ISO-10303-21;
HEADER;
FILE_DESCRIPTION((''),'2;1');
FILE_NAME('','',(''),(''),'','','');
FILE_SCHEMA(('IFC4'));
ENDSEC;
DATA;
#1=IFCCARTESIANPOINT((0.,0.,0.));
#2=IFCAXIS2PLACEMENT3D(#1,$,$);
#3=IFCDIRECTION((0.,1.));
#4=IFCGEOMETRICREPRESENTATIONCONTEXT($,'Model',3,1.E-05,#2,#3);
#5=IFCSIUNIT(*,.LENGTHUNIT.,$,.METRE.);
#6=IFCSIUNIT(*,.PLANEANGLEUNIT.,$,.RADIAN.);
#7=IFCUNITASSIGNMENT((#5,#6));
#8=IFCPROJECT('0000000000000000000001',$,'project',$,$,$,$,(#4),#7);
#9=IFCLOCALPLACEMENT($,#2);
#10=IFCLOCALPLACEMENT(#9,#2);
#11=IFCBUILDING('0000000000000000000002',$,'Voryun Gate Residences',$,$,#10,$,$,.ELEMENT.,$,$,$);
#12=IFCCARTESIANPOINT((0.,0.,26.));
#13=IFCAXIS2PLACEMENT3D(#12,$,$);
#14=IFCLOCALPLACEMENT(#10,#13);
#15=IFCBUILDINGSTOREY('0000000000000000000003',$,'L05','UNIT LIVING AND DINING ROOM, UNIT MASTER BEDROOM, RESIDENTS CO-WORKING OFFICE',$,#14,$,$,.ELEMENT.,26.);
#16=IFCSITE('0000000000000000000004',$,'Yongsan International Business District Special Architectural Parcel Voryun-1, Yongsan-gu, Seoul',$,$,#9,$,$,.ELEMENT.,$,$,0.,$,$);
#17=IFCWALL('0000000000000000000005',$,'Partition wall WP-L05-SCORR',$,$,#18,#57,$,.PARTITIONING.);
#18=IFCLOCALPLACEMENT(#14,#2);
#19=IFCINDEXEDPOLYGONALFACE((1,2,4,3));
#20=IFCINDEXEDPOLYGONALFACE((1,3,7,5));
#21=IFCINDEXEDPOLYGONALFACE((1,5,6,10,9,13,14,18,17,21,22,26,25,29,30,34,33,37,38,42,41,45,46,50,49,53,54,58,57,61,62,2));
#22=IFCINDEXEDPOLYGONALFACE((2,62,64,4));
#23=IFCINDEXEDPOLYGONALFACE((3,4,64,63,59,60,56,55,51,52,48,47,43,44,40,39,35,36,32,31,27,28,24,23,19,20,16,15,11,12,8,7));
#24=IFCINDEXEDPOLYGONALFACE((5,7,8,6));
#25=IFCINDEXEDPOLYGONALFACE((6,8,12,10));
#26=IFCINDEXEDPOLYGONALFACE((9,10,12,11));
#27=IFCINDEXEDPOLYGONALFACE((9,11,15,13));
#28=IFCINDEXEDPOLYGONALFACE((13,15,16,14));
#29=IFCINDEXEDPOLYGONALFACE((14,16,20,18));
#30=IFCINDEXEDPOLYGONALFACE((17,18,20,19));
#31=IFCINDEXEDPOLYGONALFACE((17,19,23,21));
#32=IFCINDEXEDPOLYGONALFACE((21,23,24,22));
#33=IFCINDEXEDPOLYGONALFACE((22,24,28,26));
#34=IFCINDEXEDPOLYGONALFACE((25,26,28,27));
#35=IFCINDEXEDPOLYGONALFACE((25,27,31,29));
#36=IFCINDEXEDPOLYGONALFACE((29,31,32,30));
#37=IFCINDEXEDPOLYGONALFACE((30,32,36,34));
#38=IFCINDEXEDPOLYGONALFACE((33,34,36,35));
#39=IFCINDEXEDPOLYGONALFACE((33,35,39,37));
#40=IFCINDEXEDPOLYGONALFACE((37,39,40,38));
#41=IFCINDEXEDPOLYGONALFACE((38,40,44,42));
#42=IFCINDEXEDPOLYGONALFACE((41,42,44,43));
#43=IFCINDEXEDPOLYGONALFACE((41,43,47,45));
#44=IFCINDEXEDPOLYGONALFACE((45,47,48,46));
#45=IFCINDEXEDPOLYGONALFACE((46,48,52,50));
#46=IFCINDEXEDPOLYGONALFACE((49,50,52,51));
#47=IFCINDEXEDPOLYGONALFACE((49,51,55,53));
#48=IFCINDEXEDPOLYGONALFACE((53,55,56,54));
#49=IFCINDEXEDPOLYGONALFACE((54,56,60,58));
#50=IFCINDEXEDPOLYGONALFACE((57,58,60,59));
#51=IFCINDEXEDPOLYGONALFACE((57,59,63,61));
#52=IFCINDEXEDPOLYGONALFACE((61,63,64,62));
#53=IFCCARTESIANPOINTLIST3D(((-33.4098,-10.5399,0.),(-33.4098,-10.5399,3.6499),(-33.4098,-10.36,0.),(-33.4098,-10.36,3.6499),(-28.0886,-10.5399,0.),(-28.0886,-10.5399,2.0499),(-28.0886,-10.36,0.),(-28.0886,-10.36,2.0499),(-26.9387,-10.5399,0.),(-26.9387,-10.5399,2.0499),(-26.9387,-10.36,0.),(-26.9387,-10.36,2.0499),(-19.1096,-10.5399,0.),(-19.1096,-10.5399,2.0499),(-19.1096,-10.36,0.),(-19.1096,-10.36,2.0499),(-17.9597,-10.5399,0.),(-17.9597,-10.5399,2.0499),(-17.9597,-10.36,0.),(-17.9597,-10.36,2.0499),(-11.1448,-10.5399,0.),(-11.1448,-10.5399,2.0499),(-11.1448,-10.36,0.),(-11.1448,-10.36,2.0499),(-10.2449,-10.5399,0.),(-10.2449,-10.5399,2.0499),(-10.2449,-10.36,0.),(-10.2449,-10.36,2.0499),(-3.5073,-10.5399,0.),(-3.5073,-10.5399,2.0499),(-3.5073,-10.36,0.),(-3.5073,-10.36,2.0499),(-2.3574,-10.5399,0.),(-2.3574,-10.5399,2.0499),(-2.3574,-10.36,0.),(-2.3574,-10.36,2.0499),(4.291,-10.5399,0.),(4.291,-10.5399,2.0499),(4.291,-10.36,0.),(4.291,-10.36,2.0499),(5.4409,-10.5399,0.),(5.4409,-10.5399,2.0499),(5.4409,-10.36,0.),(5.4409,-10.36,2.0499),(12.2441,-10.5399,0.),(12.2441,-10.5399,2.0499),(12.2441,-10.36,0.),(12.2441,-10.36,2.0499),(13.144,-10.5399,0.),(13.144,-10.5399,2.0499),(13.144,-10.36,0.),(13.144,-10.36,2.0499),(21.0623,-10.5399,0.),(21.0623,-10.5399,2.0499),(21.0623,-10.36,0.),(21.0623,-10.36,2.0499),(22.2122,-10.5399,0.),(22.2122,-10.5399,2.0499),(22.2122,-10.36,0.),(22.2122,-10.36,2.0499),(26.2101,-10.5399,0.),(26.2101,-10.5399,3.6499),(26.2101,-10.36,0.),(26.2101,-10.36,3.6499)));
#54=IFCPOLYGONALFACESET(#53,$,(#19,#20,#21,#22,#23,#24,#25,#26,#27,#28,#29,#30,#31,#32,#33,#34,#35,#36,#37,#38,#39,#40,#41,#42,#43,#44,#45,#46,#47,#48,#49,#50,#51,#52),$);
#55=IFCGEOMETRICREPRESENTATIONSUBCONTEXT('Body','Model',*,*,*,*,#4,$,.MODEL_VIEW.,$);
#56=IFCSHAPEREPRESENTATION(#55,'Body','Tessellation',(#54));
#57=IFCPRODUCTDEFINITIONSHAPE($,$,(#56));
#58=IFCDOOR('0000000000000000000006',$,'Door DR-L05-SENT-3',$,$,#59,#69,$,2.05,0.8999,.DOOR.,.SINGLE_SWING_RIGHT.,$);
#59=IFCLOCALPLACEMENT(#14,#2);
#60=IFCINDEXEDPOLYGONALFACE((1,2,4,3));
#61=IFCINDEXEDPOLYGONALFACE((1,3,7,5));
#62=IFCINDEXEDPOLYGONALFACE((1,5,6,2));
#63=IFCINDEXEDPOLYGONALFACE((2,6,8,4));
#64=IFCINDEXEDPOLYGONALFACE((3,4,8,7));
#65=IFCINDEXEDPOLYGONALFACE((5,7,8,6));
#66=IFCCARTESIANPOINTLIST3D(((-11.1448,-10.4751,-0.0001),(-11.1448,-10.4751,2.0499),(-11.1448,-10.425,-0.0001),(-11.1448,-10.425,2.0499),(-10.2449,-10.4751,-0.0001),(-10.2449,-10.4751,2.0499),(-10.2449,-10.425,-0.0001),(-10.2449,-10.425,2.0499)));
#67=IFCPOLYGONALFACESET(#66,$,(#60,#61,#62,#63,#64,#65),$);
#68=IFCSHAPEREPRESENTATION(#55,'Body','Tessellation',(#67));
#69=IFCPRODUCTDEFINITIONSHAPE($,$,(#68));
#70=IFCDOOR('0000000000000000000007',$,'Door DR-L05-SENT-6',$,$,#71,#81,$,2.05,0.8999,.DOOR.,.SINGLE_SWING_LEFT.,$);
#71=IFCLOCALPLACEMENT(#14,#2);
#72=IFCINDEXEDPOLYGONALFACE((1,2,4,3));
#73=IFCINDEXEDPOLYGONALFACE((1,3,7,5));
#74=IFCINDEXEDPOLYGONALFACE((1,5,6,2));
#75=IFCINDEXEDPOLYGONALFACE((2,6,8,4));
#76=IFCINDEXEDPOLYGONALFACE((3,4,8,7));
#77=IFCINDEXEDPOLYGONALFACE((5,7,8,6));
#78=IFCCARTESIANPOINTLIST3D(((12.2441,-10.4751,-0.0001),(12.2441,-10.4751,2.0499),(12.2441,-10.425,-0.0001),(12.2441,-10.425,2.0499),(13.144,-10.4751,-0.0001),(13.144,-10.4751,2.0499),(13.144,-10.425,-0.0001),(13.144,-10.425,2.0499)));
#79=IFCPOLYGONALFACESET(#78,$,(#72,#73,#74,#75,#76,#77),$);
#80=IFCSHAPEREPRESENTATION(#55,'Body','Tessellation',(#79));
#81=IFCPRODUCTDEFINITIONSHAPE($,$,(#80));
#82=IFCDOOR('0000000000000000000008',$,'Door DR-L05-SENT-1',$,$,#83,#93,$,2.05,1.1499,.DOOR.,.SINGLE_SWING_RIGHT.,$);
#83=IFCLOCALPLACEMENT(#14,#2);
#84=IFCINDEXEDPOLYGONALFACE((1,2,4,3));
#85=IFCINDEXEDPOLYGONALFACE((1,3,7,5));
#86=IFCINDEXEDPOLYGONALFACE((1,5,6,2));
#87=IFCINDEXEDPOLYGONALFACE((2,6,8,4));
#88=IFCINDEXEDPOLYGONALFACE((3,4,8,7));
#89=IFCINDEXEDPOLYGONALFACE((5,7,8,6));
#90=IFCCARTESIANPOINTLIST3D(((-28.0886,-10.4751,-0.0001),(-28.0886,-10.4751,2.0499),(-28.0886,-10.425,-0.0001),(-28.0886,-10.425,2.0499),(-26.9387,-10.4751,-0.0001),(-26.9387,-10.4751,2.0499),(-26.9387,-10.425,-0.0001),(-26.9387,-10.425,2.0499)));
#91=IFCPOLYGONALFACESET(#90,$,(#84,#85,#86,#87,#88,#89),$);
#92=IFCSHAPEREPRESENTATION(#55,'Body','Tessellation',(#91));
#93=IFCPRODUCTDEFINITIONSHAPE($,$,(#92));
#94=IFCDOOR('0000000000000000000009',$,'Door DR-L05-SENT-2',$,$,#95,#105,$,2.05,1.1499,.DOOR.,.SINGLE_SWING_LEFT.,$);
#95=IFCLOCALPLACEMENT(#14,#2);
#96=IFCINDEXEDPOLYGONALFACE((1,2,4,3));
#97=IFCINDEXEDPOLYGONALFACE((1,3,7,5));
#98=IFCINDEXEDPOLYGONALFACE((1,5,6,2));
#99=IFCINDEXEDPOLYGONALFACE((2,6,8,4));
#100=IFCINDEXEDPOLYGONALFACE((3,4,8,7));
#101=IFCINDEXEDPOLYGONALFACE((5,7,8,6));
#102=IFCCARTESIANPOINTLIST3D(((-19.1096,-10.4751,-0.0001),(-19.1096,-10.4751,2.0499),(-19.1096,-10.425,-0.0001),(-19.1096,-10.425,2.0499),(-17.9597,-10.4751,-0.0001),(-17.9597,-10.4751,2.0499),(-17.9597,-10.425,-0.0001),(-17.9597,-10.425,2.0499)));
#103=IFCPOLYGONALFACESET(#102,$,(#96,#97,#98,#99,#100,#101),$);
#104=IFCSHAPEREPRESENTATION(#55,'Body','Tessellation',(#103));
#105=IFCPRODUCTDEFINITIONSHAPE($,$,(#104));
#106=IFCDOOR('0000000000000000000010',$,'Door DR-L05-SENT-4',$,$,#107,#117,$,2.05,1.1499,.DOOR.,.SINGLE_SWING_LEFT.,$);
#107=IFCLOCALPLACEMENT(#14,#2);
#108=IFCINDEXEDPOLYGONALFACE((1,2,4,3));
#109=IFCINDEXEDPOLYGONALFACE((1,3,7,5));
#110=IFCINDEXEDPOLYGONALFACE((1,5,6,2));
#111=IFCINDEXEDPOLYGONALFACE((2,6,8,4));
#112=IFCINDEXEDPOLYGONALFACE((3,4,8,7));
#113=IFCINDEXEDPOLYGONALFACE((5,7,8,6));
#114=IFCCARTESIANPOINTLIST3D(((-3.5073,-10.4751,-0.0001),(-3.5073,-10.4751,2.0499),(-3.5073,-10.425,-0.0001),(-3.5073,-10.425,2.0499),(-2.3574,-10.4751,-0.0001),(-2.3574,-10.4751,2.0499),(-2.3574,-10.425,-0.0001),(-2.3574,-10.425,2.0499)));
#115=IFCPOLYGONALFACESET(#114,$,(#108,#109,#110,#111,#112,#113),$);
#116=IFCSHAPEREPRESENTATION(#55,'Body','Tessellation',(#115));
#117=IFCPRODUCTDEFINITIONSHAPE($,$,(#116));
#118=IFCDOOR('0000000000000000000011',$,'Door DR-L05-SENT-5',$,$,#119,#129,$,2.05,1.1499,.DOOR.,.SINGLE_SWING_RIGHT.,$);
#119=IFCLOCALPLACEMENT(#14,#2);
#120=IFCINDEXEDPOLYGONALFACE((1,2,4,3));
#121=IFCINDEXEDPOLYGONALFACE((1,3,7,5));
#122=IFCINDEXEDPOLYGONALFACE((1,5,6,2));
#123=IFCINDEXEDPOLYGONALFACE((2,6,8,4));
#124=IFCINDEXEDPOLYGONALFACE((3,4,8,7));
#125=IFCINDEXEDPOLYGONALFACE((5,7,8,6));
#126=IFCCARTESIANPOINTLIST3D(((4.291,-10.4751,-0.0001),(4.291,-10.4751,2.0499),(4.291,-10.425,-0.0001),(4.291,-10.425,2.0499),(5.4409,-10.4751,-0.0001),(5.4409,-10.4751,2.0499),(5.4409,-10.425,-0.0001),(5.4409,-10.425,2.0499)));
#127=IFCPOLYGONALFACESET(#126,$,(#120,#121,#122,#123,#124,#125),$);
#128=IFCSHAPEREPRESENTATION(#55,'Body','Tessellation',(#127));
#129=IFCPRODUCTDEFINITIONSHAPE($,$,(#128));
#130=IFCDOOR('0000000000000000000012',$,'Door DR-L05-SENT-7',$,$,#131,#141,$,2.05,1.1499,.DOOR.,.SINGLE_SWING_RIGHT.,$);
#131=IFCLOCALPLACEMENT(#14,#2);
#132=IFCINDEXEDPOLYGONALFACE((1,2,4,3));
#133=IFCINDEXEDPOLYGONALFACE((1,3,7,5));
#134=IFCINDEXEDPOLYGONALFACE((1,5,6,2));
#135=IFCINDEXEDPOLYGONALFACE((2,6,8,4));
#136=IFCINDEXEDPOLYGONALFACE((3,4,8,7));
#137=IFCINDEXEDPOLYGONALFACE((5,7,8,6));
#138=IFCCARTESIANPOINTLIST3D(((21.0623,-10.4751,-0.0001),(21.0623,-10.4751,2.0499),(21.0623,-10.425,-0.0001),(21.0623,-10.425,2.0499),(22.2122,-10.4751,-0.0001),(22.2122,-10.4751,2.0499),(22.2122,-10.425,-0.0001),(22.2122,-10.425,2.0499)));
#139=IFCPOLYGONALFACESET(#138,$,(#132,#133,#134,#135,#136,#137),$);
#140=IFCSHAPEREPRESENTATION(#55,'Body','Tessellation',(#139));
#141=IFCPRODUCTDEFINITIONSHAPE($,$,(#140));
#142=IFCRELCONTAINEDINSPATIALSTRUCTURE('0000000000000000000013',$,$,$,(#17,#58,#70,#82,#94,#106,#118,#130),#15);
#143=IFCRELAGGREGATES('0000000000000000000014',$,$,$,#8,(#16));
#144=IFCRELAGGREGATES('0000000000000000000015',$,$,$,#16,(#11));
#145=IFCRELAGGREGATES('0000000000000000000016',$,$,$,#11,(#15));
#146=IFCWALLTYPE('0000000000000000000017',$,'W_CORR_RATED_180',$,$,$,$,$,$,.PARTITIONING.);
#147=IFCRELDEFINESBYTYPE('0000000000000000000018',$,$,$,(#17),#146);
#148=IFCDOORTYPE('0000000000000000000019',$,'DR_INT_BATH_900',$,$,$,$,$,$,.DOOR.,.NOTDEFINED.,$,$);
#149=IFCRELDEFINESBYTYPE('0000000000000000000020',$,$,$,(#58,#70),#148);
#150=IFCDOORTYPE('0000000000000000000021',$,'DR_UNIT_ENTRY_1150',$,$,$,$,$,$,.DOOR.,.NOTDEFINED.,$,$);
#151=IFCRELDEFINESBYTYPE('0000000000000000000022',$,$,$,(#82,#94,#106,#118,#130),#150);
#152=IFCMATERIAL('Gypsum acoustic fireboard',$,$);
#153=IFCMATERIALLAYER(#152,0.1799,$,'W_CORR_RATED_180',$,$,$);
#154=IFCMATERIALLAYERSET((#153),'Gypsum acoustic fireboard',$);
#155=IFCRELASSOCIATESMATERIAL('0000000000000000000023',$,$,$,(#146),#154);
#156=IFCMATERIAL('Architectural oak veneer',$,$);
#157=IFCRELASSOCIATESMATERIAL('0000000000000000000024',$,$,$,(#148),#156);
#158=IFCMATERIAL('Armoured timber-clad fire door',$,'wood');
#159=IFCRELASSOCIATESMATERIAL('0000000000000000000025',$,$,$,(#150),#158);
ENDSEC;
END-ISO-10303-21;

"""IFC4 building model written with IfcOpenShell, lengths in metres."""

from ifc_helpers import new_model, si_unit, direction, frame, frame_2d, origin, place, context, subcontext, project, spatial, rectangle, extrude, material, layer, layer_set, type_object, element, fill, save


model = new_model("IFC4")

# Units and contexts
model_context = context("Model", 3, precision=1e-05, world=origin(), true_north=direction((0.0, 1.0)))
body_context = subcontext(model_context, "Body", "Model", "MODEL_VIEW")
ifc_project = project(units=[si_unit("LENGTHUNIT", "METRE"), si_unit("PLANEANGLEUNIT", "RADIAN")], contexts=[model_context])

# Site, building, storey
site_placement = place(None, origin())
site = spatial("IfcSite", under=ifc_project, at=site_placement, Name="Yongsan International Business District Special Architectural Parcel Voryun-1, Yongsan-gu, Seoul", CompositionType="ELEMENT", RefElevation=0.0)
building_placement = place(site_placement, origin())
building = spatial("IfcBuilding", under=site, at=building_placement, Name="Voryun Gate Residences", CompositionType="ELEMENT")
storey_placement = place(building_placement, frame((0.0, 0.0, 26.0)))
storey = spatial("IfcBuildingStorey", under=building, at=storey_placement, Name="L05", Description="UNIT LIVING AND DINING ROOM, UNIT MASTER BEDROOM, RESIDENTS CO-WORKING OFFICE", CompositionType="ELEMENT", Elevation=26.0)

# Shared definitions
ifc_material_1 = material(Name="Gypsum acoustic fireboard")
ifc_layer_1 = layer(ifc_material_1, 0.1799, Name="W_CORR_RATED_180")
ifc_layer_set_1 = layer_set([ifc_layer_1], Name="Gypsum acoustic fireboard")
wall_type_1 = type_object("IfcWallType", Name="W_CORR_RATED_180", PredefinedType="PARTITIONING", material=ifc_layer_set_1)

# Wall, openings, doors
wall_1_placement = place(storey_placement, frame((-33.4099, -10.45, 0.0), z_axis=(0.0, 0.0, 1.0), x_axis=(1.0, 0.0, 0.0)))
wall_1 = element("IfcWall", 1, at=wall_1_placement, inside=storey, type_object=wall_type_1, Name="Partition wall WP-L05-SCORR", PredefinedType="PARTITIONING", context=body_context, shape_type="SweptSolid", body=[
    extrude(rectangle(XDim=59.6199, YDim=0.1799, at=frame_2d((29.8101, 0.0))), origin(), (0.0, 0.0, 1.0), 3.6499),
])
opening_1_placement = place(wall_1_placement, frame((5.3213, 0.0, 0.0)))
opening_1 = element("IfcOpeningElement", 2, at=opening_1_placement, cuts=wall_1, PredefinedType="OPENING", context=body_context, shape_type="SweptSolid", body=[
    extrude(rectangle(XDim=1.1499, YDim=2.05, at=frame_2d((0.575, 1.0249))), frame((0.0, 0.0999, 0.0), z_axis=(0.0, -1.0, 0.0), x_axis=(1.0, 0.0, 0.0)), (0.0, 0.0, 1.0), 0.2),
])
opening_2_placement = place(wall_1_placement, frame((14.3003, 0.0, 0.0)))
opening_2 = element("IfcOpeningElement", 3, at=opening_2_placement, cuts=wall_1, PredefinedType="OPENING", context=body_context, shape_type="SweptSolid", body=[
    extrude(rectangle(XDim=1.1499, YDim=2.05, at=frame_2d((0.575, 1.0249))), frame((0.0, 0.0999, 0.0), z_axis=(0.0, -1.0, 0.0), x_axis=(1.0, 0.0, 0.0)), (0.0, 0.0, 1.0), 0.2),
])
opening_3_placement = place(wall_1_placement, frame((22.2651, 0.0, 0.0)))
opening_3 = element("IfcOpeningElement", 4, at=opening_3_placement, cuts=wall_1, PredefinedType="OPENING", context=body_context, shape_type="SweptSolid", body=[
    extrude(rectangle(XDim=0.8999, YDim=2.05, at=frame_2d((0.45, 1.0249))), frame((0.0, 0.0999, 0.0), z_axis=(0.0, -1.0, 0.0), x_axis=(1.0, 0.0, 0.0)), (0.0, 0.0, 1.0), 0.2),
])
opening_4_placement = place(wall_1_placement, frame((29.9026, 0.0, 0.0)))
opening_4 = element("IfcOpeningElement", 5, at=opening_4_placement, cuts=wall_1, PredefinedType="OPENING", context=body_context, shape_type="SweptSolid", body=[
    extrude(rectangle(XDim=1.1499, YDim=2.05, at=frame_2d((0.575, 1.0249))), frame((0.0, 0.0999, 0.0), z_axis=(0.0, -1.0, 0.0), x_axis=(1.0, 0.0, 0.0)), (0.0, 0.0, 1.0), 0.2),
])
opening_5_placement = place(wall_1_placement, frame((37.7009, 0.0, 0.0)))
opening_5 = element("IfcOpeningElement", 6, at=opening_5_placement, cuts=wall_1, PredefinedType="OPENING", context=body_context, shape_type="SweptSolid", body=[
    extrude(rectangle(XDim=1.1499, YDim=2.05, at=frame_2d((0.575, 1.0249))), frame((0.0, 0.0999, 0.0), z_axis=(0.0, -1.0, 0.0), x_axis=(1.0, 0.0, 0.0)), (0.0, 0.0, 1.0), 0.2),
])
opening_6_placement = place(wall_1_placement, frame((45.6541, 0.0, 0.0)))
opening_6 = element("IfcOpeningElement", 7, at=opening_6_placement, cuts=wall_1, PredefinedType="OPENING", context=body_context, shape_type="SweptSolid", body=[
    extrude(rectangle(XDim=0.8999, YDim=2.05, at=frame_2d((0.45, 1.0249))), frame((0.0, 0.0999, 0.0), z_axis=(0.0, -1.0, 0.0), x_axis=(1.0, 0.0, 0.0)), (0.0, 0.0, 1.0), 0.2),
])
opening_7_placement = place(wall_1_placement, frame((54.4722, 0.0, 0.0)))
opening_7 = element("IfcOpeningElement", 8, at=opening_7_placement, cuts=wall_1, PredefinedType="OPENING", context=body_context, shape_type="SweptSolid", body=[
    extrude(rectangle(XDim=1.1499, YDim=2.05, at=frame_2d((0.575, 1.0249))), frame((0.0, 0.0999, 0.0), z_axis=(0.0, -1.0, 0.0), x_axis=(1.0, 0.0, 0.0)), (0.0, 0.0, 1.0), 0.2),
])
ifc_material_2 = material(Name="Architectural oak veneer")
door_type_1 = type_object("IfcDoorType", Name="DR_INT_BATH_900", OperationType="NOTDEFINED", PredefinedType="DOOR", material=ifc_material_2)
door_1_placement = place(opening_3_placement, origin())
door_1 = element("IfcDoor", 9, at=door_1_placement, inside=storey, type_object=door_type_1, Name="Door DR-L05-SENT-3", OperationType="SINGLE_SWING_RIGHT", OverallHeight=2.05, OverallWidth=0.8999, PredefinedType="DOOR", context=body_context, shape_type="SweptSolid", body=[
    extrude(rectangle(XDim=0.8999, YDim=2.05, at=frame_2d((0.45, 1.0249))), frame((0.0, 0.0249, 0.0), z_axis=(0.0, -1.0, 0.0), x_axis=(1.0, 0.0, 0.0)), (0.0, 0.0, 1.0), 0.05),
])
fill(opening_3, door_1)
door_2_placement = place(opening_6_placement, origin())
door_2 = element("IfcDoor", 10, at=door_2_placement, inside=storey, type_object=door_type_1, Name="Door DR-L05-SENT-6", OperationType="SINGLE_SWING_LEFT", OverallHeight=2.05, OverallWidth=0.8999, PredefinedType="DOOR", context=body_context, shape_type="SweptSolid", body=[
    extrude(rectangle(XDim=0.8999, YDim=2.05, at=frame_2d((0.45, 1.0249))), frame((0.0, 0.0249, 0.0), z_axis=(0.0, -1.0, 0.0), x_axis=(1.0, 0.0, 0.0)), (0.0, 0.0, 1.0), 0.05),
])
fill(opening_6, door_2)
ifc_material_3 = material(Name="Armoured timber-clad fire door", Category="wood")
door_type_2 = type_object("IfcDoorType", Name="DR_UNIT_ENTRY_1150", OperationType="NOTDEFINED", PredefinedType="DOOR", material=ifc_material_3)
door_3_placement = place(opening_1_placement, origin())
door_3 = element("IfcDoor", 11, at=door_3_placement, inside=storey, type_object=door_type_2, Name="Door DR-L05-SENT-1", OperationType="SINGLE_SWING_RIGHT", OverallHeight=2.05, OverallWidth=1.1499, PredefinedType="DOOR", context=body_context, shape_type="SweptSolid", body=[
    extrude(rectangle(XDim=1.1499, YDim=2.05, at=frame_2d((0.575, 1.0249))), frame((0.0, 0.0249, 0.0), z_axis=(0.0, -1.0, 0.0), x_axis=(1.0, 0.0, 0.0)), (0.0, 0.0, 1.0), 0.05),
])
fill(opening_1, door_3)
door_4_placement = place(opening_2_placement, origin())
door_4 = element("IfcDoor", 12, at=door_4_placement, inside=storey, type_object=door_type_2, Name="Door DR-L05-SENT-2", OperationType="SINGLE_SWING_LEFT", OverallHeight=2.05, OverallWidth=1.1499, PredefinedType="DOOR", context=body_context, shape_type="SweptSolid", body=[
    extrude(rectangle(XDim=1.1499, YDim=2.05, at=frame_2d((0.575, 1.0249))), frame((0.0, 0.0249, 0.0), z_axis=(0.0, -1.0, 0.0), x_axis=(1.0, 0.0, 0.0)), (0.0, 0.0, 1.0), 0.05),
])
fill(opening_2, door_4)
door_5_placement = place(opening_4_placement, origin())
door_5 = element("IfcDoor", 13, at=door_5_placement, inside=storey, type_object=door_type_2, Name="Door DR-L05-SENT-4", OperationType="SINGLE_SWING_LEFT", OverallHeight=2.05, OverallWidth=1.1499, PredefinedType="DOOR", context=body_context, shape_type="SweptSolid", body=[
    extrude(rectangle(XDim=1.1499, YDim=2.05, at=frame_2d((0.575, 1.0249))), frame((0.0, 0.0249, 0.0), z_axis=(0.0, -1.0, 0.0), x_axis=(1.0, 0.0, 0.0)), (0.0, 0.0, 1.0), 0.05),
])
fill(opening_4, door_5)
door_6_placement = place(opening_5_placement, origin())
door_6 = element("IfcDoor", 14, at=door_6_placement, inside=storey, type_object=door_type_2, Name="Door DR-L05-SENT-5", OperationType="SINGLE_SWING_RIGHT", OverallHeight=2.05, OverallWidth=1.1499, PredefinedType="DOOR", context=body_context, shape_type="SweptSolid", body=[
    extrude(rectangle(XDim=1.1499, YDim=2.05, at=frame_2d((0.575, 1.0249))), frame((0.0, 0.0249, 0.0), z_axis=(0.0, -1.0, 0.0), x_axis=(1.0, 0.0, 0.0)), (0.0, 0.0, 1.0), 0.05),
])
fill(opening_5, door_6)
door_7_placement = place(opening_7_placement, origin())
door_7 = element("IfcDoor", 15, at=door_7_placement, inside=storey, type_object=door_type_2, Name="Door DR-L05-SENT-7", OperationType="SINGLE_SWING_RIGHT", OverallHeight=2.05, OverallWidth=1.1499, PredefinedType="DOOR", context=body_context, shape_type="SweptSolid", body=[
    extrude(rectangle(XDim=1.1499, YDim=2.05, at=frame_2d((0.575, 1.0249))), frame((0.0, 0.0249, 0.0), z_axis=(0.0, -1.0, 0.0), x_axis=(1.0, 0.0, 0.0)), (0.0, 0.0, 1.0), 0.05),
])
fill(opening_7, door_7)

save(model, "model.ifc")
